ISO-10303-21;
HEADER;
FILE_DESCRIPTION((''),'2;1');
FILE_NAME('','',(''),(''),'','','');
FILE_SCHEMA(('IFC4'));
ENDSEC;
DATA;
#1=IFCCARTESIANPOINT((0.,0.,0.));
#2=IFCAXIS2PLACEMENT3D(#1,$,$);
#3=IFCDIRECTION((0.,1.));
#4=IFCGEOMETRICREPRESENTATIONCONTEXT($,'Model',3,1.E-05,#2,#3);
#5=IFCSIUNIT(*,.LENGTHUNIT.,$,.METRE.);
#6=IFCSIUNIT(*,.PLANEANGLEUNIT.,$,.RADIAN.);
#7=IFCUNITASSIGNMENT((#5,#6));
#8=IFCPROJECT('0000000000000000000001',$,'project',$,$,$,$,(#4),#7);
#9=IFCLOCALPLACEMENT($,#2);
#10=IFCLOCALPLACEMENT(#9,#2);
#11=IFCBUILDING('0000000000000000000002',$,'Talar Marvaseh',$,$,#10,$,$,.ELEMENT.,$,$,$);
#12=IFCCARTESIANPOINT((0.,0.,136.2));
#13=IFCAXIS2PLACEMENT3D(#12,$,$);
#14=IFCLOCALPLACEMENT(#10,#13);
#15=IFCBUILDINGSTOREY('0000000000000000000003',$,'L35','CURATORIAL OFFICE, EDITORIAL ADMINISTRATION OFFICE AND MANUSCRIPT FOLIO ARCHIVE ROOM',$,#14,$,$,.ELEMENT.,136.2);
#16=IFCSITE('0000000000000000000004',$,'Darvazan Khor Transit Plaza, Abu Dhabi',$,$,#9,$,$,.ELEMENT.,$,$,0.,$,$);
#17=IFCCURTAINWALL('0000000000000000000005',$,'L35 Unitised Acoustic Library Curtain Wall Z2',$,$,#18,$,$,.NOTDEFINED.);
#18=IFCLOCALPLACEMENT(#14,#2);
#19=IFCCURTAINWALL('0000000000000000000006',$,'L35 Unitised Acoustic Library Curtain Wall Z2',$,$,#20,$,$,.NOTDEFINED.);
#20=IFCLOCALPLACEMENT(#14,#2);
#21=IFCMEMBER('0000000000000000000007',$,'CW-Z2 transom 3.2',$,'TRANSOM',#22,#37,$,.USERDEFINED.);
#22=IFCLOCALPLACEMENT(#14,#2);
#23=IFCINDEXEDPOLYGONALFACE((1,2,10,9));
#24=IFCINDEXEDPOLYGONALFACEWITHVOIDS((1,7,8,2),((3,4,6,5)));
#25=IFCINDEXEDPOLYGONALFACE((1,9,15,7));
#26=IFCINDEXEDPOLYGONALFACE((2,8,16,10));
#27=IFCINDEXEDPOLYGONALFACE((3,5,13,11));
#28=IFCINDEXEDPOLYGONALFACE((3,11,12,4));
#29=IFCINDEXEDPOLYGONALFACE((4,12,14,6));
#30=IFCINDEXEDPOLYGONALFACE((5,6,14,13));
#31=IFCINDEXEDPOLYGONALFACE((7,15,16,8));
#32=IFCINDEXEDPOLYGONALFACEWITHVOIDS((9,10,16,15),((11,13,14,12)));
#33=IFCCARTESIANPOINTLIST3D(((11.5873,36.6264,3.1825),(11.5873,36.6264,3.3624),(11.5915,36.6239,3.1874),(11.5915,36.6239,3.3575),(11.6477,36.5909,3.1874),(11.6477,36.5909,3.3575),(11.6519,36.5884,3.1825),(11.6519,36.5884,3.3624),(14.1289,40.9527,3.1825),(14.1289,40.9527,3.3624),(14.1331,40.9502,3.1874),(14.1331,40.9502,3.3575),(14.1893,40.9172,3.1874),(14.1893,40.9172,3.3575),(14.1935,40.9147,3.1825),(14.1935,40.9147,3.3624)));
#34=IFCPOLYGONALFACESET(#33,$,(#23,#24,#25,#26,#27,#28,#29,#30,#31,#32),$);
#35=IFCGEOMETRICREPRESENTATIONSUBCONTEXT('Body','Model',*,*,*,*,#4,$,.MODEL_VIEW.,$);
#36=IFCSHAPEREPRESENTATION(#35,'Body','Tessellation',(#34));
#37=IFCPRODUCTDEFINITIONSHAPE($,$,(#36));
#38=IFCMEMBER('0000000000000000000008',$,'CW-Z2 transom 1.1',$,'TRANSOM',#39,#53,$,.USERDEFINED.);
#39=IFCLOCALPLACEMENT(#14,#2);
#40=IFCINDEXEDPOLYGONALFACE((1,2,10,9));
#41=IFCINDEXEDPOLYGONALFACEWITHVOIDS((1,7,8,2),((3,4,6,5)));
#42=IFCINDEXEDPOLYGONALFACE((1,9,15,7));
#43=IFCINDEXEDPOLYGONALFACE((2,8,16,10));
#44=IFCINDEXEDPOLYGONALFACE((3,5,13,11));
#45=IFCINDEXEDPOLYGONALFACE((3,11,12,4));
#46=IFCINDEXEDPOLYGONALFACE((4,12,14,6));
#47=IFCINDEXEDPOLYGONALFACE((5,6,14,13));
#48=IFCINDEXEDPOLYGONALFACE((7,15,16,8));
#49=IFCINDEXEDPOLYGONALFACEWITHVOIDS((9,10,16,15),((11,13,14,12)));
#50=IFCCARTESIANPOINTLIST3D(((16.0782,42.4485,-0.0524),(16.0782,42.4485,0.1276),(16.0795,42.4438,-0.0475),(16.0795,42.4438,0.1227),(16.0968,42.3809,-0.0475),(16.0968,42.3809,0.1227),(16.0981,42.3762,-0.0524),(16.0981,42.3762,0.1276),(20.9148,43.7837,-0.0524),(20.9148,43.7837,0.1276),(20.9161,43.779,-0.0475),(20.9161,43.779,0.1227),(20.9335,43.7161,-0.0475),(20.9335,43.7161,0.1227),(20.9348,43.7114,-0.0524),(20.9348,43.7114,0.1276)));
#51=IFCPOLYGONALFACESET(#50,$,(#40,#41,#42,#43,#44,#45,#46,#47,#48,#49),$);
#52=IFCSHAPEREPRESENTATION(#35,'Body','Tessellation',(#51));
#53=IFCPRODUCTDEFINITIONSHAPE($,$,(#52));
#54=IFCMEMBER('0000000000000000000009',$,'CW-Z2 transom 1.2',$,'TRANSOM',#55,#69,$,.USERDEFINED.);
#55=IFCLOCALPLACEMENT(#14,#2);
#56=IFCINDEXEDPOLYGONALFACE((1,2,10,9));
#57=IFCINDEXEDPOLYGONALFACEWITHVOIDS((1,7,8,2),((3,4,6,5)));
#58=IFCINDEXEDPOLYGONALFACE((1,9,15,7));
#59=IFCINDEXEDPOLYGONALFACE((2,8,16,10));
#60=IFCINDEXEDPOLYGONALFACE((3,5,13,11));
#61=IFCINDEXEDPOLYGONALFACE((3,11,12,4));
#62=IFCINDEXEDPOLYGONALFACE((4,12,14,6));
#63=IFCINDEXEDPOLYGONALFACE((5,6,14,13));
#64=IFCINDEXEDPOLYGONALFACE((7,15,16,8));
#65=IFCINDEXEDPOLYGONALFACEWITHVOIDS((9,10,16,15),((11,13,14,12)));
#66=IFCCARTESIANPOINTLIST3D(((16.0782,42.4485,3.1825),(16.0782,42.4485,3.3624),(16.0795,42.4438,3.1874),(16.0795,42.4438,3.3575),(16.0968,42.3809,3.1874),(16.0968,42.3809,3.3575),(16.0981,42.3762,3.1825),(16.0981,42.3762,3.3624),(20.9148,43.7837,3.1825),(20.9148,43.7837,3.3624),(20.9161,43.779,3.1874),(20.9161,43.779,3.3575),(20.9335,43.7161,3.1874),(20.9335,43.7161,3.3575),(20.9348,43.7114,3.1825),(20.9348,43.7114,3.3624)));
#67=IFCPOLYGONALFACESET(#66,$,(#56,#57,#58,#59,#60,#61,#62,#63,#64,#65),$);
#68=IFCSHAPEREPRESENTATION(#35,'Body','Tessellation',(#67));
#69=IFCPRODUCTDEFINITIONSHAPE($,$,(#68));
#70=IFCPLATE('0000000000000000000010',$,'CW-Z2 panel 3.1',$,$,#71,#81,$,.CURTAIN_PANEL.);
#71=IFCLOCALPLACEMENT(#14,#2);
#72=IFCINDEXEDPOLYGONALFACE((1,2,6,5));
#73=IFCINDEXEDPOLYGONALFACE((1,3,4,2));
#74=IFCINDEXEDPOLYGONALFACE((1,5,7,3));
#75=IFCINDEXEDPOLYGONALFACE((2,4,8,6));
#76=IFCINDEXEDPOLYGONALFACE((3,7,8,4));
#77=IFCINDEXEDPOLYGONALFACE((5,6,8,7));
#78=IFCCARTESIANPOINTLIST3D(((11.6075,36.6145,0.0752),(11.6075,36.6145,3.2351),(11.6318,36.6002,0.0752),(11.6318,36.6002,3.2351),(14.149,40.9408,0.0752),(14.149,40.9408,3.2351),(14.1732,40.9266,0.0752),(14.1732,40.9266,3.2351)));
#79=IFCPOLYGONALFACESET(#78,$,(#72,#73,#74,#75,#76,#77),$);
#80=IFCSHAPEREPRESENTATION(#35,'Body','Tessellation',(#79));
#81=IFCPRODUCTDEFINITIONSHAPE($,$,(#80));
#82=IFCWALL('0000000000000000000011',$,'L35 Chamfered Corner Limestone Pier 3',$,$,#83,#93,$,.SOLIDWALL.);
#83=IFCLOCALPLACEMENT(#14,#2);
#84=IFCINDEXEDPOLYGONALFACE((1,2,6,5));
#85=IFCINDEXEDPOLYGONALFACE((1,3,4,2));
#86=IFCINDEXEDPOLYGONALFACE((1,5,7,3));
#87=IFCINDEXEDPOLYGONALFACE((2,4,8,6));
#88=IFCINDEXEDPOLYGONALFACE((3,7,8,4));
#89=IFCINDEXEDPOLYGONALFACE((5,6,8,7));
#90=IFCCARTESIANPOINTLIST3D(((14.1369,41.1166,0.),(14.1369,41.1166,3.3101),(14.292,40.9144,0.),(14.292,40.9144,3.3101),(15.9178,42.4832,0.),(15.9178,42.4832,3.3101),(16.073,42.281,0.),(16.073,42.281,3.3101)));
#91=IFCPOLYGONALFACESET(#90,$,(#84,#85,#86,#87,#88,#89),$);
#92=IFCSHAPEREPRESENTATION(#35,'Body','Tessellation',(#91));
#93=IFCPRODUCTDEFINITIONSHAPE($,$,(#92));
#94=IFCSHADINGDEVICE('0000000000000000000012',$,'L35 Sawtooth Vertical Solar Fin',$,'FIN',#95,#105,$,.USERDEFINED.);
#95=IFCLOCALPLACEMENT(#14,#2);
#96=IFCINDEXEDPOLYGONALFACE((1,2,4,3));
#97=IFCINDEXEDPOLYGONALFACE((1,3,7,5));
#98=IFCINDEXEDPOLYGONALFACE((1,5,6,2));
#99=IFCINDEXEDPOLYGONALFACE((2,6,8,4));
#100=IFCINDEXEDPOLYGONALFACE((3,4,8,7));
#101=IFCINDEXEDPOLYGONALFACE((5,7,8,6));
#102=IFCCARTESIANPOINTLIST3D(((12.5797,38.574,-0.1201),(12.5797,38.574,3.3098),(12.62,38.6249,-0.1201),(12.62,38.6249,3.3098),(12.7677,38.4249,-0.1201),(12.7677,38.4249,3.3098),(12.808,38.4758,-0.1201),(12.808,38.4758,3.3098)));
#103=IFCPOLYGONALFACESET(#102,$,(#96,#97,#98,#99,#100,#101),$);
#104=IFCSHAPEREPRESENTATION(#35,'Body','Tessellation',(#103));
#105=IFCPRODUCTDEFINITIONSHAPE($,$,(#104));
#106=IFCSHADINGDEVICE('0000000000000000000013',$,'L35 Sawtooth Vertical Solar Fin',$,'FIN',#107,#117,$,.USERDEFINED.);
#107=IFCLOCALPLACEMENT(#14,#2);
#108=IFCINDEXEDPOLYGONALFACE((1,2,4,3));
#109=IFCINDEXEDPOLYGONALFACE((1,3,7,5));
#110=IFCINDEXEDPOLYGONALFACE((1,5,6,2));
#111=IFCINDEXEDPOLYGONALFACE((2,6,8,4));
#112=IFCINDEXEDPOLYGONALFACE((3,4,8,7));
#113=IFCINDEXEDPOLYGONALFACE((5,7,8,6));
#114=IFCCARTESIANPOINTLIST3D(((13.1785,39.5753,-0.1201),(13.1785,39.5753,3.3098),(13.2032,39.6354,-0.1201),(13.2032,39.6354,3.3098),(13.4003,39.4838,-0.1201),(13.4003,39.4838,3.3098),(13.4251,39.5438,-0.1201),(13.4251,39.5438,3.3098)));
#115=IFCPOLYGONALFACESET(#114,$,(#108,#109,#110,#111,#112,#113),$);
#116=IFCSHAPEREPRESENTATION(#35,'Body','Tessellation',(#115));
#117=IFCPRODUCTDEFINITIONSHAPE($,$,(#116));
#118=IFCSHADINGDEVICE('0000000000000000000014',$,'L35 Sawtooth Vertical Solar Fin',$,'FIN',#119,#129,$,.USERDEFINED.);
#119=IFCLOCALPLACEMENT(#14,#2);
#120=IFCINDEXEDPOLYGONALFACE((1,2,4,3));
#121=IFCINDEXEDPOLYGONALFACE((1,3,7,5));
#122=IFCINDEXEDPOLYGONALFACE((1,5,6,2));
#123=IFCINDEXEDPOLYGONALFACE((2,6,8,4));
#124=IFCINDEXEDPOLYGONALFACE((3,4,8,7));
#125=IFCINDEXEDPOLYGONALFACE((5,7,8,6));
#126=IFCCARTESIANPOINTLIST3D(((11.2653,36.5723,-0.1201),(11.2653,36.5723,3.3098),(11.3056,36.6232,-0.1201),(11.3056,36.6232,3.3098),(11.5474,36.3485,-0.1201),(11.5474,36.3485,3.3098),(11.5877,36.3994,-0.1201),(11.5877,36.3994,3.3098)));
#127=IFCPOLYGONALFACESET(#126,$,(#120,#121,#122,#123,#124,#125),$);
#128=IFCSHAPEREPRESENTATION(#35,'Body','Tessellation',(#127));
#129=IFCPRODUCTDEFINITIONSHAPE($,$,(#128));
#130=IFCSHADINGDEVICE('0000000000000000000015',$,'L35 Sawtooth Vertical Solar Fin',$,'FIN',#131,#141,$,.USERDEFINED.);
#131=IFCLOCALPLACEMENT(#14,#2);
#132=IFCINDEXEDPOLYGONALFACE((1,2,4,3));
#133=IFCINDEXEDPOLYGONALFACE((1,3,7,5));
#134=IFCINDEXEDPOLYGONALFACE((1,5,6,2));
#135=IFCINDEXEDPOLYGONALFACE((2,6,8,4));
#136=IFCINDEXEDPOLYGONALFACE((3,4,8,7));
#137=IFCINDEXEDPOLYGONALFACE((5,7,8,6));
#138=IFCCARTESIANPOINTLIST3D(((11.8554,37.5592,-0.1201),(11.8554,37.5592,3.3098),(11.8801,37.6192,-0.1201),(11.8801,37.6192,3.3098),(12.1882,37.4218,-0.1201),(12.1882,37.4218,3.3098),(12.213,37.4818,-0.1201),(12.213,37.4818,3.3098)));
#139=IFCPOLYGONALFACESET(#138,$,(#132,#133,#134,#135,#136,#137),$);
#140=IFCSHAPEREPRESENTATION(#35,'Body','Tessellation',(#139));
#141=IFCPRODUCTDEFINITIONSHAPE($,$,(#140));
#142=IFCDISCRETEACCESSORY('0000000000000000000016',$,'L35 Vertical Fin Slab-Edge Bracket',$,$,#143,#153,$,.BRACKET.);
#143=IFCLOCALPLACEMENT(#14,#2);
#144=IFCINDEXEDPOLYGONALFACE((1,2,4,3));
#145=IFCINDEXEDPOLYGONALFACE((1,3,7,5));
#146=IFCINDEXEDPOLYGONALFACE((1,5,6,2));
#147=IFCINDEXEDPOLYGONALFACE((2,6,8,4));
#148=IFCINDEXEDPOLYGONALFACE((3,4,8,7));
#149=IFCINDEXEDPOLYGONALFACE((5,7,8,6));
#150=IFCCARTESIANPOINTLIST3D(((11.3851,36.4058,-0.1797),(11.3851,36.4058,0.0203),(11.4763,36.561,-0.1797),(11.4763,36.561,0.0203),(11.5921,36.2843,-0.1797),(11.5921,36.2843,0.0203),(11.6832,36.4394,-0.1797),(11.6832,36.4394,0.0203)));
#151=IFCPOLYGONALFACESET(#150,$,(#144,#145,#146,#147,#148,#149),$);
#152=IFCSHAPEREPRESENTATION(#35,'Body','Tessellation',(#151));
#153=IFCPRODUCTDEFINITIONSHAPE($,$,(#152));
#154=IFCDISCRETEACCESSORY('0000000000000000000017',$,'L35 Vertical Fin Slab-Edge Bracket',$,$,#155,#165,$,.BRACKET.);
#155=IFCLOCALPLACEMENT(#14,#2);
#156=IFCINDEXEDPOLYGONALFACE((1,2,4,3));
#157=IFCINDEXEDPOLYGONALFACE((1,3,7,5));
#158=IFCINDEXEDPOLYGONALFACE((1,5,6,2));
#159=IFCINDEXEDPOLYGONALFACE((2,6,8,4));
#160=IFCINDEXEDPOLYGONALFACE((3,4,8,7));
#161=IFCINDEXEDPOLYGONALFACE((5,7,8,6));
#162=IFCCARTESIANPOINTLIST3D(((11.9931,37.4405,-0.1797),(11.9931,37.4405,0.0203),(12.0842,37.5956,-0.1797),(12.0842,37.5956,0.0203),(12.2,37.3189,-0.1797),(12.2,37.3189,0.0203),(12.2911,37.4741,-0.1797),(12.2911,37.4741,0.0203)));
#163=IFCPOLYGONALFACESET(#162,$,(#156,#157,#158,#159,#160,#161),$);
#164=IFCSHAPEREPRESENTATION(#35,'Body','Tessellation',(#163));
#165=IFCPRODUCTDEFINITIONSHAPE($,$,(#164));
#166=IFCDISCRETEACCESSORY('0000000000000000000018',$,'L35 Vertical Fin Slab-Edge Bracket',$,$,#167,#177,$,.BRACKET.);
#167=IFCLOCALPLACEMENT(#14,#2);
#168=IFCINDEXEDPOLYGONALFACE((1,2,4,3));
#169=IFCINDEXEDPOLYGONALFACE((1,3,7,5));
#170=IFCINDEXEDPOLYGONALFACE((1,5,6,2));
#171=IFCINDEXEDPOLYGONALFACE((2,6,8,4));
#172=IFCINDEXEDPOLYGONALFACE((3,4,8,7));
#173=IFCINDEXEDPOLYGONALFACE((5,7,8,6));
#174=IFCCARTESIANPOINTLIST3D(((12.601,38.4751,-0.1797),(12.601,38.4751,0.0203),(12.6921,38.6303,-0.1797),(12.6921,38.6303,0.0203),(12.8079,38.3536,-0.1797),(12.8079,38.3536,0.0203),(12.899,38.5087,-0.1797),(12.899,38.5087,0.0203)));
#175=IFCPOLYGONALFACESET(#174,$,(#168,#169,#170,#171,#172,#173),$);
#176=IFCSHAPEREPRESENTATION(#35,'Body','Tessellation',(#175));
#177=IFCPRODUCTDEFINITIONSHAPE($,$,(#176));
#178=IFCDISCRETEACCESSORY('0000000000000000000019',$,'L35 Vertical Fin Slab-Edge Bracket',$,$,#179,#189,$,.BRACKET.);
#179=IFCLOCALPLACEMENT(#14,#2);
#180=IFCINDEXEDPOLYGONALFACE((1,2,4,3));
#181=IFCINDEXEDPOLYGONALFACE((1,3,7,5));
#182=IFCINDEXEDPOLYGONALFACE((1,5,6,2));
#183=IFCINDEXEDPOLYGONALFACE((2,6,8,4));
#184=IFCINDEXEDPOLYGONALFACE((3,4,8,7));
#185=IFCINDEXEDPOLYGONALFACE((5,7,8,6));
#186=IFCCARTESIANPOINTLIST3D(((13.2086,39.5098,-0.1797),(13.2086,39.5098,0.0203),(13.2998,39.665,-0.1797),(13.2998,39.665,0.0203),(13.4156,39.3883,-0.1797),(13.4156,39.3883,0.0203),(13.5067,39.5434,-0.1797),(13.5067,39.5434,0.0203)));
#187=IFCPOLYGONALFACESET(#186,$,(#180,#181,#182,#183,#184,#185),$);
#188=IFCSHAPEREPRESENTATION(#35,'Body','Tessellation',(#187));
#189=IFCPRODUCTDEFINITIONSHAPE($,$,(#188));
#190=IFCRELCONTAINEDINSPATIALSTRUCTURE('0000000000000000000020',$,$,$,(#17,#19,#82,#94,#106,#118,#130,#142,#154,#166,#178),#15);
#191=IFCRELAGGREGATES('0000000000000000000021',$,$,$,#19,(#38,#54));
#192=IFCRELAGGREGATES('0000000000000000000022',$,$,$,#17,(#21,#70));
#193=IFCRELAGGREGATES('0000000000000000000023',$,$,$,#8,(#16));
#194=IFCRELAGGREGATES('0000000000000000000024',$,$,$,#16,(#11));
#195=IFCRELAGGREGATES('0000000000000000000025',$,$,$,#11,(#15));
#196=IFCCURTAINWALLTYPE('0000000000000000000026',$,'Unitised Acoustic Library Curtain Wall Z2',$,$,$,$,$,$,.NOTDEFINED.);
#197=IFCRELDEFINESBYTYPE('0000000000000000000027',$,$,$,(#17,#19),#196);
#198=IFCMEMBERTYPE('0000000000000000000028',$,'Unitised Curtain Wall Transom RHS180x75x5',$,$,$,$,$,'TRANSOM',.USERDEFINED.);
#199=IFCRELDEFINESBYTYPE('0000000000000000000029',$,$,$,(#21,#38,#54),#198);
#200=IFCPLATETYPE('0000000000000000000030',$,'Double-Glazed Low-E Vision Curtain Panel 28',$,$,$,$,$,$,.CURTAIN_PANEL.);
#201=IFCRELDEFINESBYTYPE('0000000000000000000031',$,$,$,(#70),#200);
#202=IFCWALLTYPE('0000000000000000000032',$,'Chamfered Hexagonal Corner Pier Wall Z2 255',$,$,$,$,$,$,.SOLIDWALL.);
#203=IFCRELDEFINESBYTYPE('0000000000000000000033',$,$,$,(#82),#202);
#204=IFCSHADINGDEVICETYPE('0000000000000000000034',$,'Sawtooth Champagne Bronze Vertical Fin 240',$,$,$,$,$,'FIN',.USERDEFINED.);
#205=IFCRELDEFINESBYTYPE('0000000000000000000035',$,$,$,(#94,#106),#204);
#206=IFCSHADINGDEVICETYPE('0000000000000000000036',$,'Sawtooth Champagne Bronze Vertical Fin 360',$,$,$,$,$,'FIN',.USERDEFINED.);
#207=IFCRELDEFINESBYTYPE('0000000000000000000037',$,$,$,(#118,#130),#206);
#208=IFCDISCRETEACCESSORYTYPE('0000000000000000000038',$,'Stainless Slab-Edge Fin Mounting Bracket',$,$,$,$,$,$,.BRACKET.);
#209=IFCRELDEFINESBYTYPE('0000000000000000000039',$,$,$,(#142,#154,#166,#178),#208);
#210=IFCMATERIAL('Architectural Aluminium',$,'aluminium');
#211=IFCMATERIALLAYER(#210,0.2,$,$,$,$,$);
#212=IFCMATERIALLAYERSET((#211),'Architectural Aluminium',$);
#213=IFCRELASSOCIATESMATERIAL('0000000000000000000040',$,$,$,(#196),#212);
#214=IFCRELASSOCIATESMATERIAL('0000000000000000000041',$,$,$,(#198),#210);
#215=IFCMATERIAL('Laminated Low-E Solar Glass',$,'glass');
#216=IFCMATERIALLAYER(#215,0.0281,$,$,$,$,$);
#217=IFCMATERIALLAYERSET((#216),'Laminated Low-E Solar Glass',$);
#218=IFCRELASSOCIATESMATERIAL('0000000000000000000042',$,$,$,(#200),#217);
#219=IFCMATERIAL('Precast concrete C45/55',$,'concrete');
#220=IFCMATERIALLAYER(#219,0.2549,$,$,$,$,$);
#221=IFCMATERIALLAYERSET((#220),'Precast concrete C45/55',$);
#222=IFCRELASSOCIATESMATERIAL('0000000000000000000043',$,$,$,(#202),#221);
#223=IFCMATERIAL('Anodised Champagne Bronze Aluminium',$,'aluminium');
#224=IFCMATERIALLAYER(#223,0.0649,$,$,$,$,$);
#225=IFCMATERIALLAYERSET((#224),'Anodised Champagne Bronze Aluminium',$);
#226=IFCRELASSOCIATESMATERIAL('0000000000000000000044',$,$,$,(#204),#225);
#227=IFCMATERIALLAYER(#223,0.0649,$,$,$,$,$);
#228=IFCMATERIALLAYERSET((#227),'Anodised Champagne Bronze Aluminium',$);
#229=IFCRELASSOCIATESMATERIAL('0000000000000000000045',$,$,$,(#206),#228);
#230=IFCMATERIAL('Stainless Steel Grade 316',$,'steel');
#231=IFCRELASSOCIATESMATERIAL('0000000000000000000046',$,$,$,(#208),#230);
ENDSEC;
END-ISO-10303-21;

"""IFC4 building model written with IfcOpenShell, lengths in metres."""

from ifc_helpers import new_model, si_unit, direction, frame, frame_2d, origin, origin_2d, place, context, subcontext, project, spatial, rectangle, hollow_rectangle, extrude, source, transform, mapped, material, layer, layer_set, material_profile, profile_set, type_object, type_shapes, element, aggregate, save


model = new_model("IFC4")

# Units and contexts
model_context = context("Model", 3, precision=1e-05, world=origin(), true_north=direction((0.0, 1.0)))
body_context = subcontext(model_context, "Body", "Model", "MODEL_VIEW")
ifc_project = project(units=[si_unit("LENGTHUNIT", "METRE"), si_unit("PLANEANGLEUNIT", "RADIAN")], contexts=[model_context])

# Site, building, storey
site_placement = place(None, origin())
site = spatial("IfcSite", under=ifc_project, at=site_placement, Name="Darvazan Khor Transit Plaza, Abu Dhabi", CompositionType="ELEMENT", RefElevation=0.0)
building_placement = place(site_placement, origin())
building = spatial("IfcBuilding", under=site, at=building_placement, Name="Talar Marvaseh", CompositionType="ELEMENT")
storey_placement = place(building_placement, frame((0.0, 0.0, 136.2)))
storey = spatial("IfcBuildingStorey", under=building, at=storey_placement, Name="L35", Description="CURATORIAL OFFICE, EDITORIAL ADMINISTRATION OFFICE AND MANUSCRIPT FOLIO ARCHIVE ROOM", CompositionType="ELEMENT", Elevation=136.2)

# Curtain wall
ifc_material_1 = material(Name="Architectural Aluminium", Category="aluminium")
ifc_layer_1 = layer(ifc_material_1, 0.2)
ifc_layer_set_1 = layer_set([ifc_layer_1], Name="Architectural Aluminium")
curtain_wall_type = type_object("IfcCurtainWallType", Name="Unitised Acoustic Library Curtain Wall Z2", PredefinedType="NOTDEFINED", material=ifc_layer_set_1)
curtain_wall_1_placement = place(storey_placement, origin())
curtain_wall_1 = element("IfcCurtainWall", 1, at=curtain_wall_1_placement, inside=storey, type_object=curtain_wall_type, Name="L35 Unitised Acoustic Library Curtain Wall Z2", PredefinedType="NOTDEFINED")

# Curtain wall
curtain_wall_2_placement = place(storey_placement, origin())
curtain_wall_2 = element("IfcCurtainWall", 2, at=curtain_wall_2_placement, inside=storey, type_object=curtain_wall_type, Name="L35 Unitised Acoustic Library Curtain Wall Z2", PredefinedType="NOTDEFINED")

# Members
ifc_material_profile_1 = material_profile(ifc_material_1, hollow_rectangle(XDim=0.075, YDim=0.1799, WallThickness=0.0049, at=origin_2d()), Name="RHS180x75x5")
ifc_profile_set_1 = profile_set([ifc_material_profile_1], Name="Architectural Aluminium")
member_type_1 = type_object("IfcMemberType", Name="Unitised Curtain Wall Transom RHS180x75x5", ElementType="TRANSOM", PredefinedType="USERDEFINED", material=ifc_profile_set_1)
shared_shape_1 = source(origin(), body_context, "Body", "SweptSolid", [
    extrude(hollow_rectangle(XDim=0.075, YDim=0.1799, WallThickness=0.0049, at=origin_2d()), origin(), (0.0, 0.0, 1.0), 5.0176),
])
type_shapes(member_type_1, [shared_shape_1])
member_1_placement = place(storey_placement, frame((11.6196, 36.6074, 3.2725), z_axis=(0.506531, 0.862222, 0.0), x_axis=(-0.862222, 0.506531, 0.0)))
member_1 = element("IfcMember", 3, at=member_1_placement, type_object=member_type_1, Name="CW-Z2 transom 3.2", ObjectType="TRANSOM", PredefinedType="USERDEFINED", context=body_context, shape_type="MappedRepresentation", body=[
    mapped(shared_shape_1, transform((0.0, 0.0, 0.0), x_axis=(1.0, 0.0, 0.0), y_axis=(0.0, 1.0, 0.0), z_axis=(0.0, 0.0, 1.0), scale=1.0)),
])
member_2_placement = place(storey_placement, frame((16.0881, 42.4124, 0.0376), z_axis=(0.963944, 0.266105, 0.0), x_axis=(-0.266105, 0.963944, 0.0)))
member_2 = element("IfcMember", 4, at=member_2_placement, type_object=member_type_1, Name="CW-Z2 transom 1.1", ObjectType="TRANSOM", PredefinedType="USERDEFINED", context=body_context, shape_type="MappedRepresentation", body=[
    mapped(shared_shape_1, transform((0.0, 0.0, 0.0), x_axis=(1.0, 0.0, 0.0), y_axis=(0.0, 1.0, 0.0), z_axis=(0.0, 0.0, 1.0), scale=1.0)),
])
member_3_placement = place(storey_placement, frame((16.0881, 42.4124, 3.2725), z_axis=(0.963944, 0.266105, 0.0), x_axis=(-0.266105, 0.963944, 0.0)))
member_3 = element("IfcMember", 5, at=member_3_placement, type_object=member_type_1, Name="CW-Z2 transom 1.2", ObjectType="TRANSOM", PredefinedType="USERDEFINED", context=body_context, shape_type="MappedRepresentation", body=[
    mapped(shared_shape_1, transform((0.0, 0.0, 0.0), x_axis=(1.0, 0.0, 0.0), y_axis=(0.0, 1.0, 0.0), z_axis=(0.0, 0.0, 1.0), scale=1.0)),
])
aggregate(curtain_wall_2, [member_2, member_3])

# Plate
ifc_material_2 = material(Name="Laminated Low-E Solar Glass", Category="glass")
ifc_layer_2 = layer(ifc_material_2, 0.0281)
ifc_layer_set_2 = layer_set([ifc_layer_2], Name="Laminated Low-E Solar Glass")
plate_type = type_object("IfcPlateType", Name="Double-Glazed Low-E Vision Curtain Panel 28", PredefinedType="CURTAIN_PANEL", material=ifc_layer_set_2)
shared_shape_2 = source(origin(), body_context, "Body", "SweptSolid", [
    extrude(rectangle(XDim=5.0176, YDim=0.0281, at=origin_2d()), origin(), (0.0, 0.0, 1.0), 3.1599),
])
type_shapes(plate_type, [shared_shape_2])
plate_placement = place(storey_placement, frame((12.8904, 38.7705, 0.0752), z_axis=(0.0, 0.0, 1.0), x_axis=(0.506512, 0.862233, 0.0)))
plate = element("IfcPlate", 6, at=plate_placement, type_object=plate_type, Name="CW-Z2 panel 3.1", PredefinedType="CURTAIN_PANEL", context=body_context, shape_type="MappedRepresentation", body=[
    mapped(shared_shape_2, transform((0.0, 0.0, 0.0), x_axis=(1.0, 0.0, 0.0), y_axis=(0.0, 1.0, 0.0), z_axis=(0.0, 0.0, 1.0), scale=1.0)),
])
aggregate(curtain_wall_1, [member_1, plate])

# Wall
ifc_material_3 = material(Name="Precast concrete C45/55", Category="concrete")
ifc_layer_3 = layer(ifc_material_3, 0.2549)
ifc_layer_set_3 = layer_set([ifc_layer_3], Name="Precast concrete C45/55")
wall_type = type_object("IfcWallType", Name="Chamfered Hexagonal Corner Pier Wall Z2 255", PredefinedType="SOLIDWALL", material=ifc_layer_set_3)
wall_placement = place(storey_placement, frame((14.2144, 41.0154, 0.0), z_axis=(0.0, 0.0, 1.0), x_axis=(0.793335, 0.608785, 0.0)))
element("IfcWall", 7, at=wall_placement, inside=storey, type_object=wall_type, Name="L35 Chamfered Corner Limestone Pier 3", PredefinedType="SOLIDWALL", context=body_context, shape_type="SweptSolid", body=[
    extrude(rectangle(XDim=2.2449, YDim=0.2549, at=frame_2d((1.1226, 0.0))), origin(), (0.0, 0.0, 1.0), 3.3101),
])

# Shading devices
ifc_material_4 = material(Name="Anodised Champagne Bronze Aluminium", Category="aluminium")
ifc_layer_4 = layer(ifc_material_4, 0.0649)
ifc_layer_set_4 = layer_set([ifc_layer_4], Name="Anodised Champagne Bronze Aluminium")
shading_device_type_1 = type_object("IfcShadingDeviceType", Name="Sawtooth Champagne Bronze Vertical Fin 240", ElementType="FIN", PredefinedType="USERDEFINED", material=ifc_layer_set_4)
shared_shape_3 = source(origin(), body_context, "Body", "SweptSolid", [
    extrude(rectangle(XDim=0.24, YDim=0.0649, at=origin_2d()), origin(), (0.0, 0.0, 1.0), 3.4299),
])
type_shapes(shading_device_type_1, [shared_shape_3])
for number, where, z_axis, x_axis, name in (
    (8, (12.6938, 38.5249, -0.1201), (0.0, 0.0, 1.0), (-0.783368, 0.621558, 0.0), "L35 Sawtooth Vertical Solar Fin"),
    (9, (13.3018, 39.5596, -0.1201), (0.0, 0.0, 1.0), (-0.924346, 0.381554, 0.0), "L35 Sawtooth Vertical Solar Fin"),
):
    element("IfcShadingDevice", number, at=place(storey_placement, frame(where, z_axis=z_axis, x_axis=x_axis)), inside=storey, type_object=shading_device_type_1, Name=name, ObjectType="FIN", PredefinedType="USERDEFINED", context=body_context, shape_type="MappedRepresentation", body=[
        mapped(shared_shape_3, transform((0.0, 0.0, 0.0), x_axis=(1.0, 0.0, 0.0), y_axis=(0.0, 1.0, 0.0), z_axis=(0.0, 0.0, 1.0), scale=1.0)),
    ])
ifc_layer_5 = layer(ifc_material_4, 0.0649)
ifc_layer_set_5 = layer_set([ifc_layer_5], Name="Anodised Champagne Bronze Aluminium")
shading_device_type_2 = type_object("IfcShadingDeviceType", Name="Sawtooth Champagne Bronze Vertical Fin 360", ElementType="FIN", PredefinedType="USERDEFINED", material=ifc_layer_set_5)
shared_shape_4 = source(origin(), body_context, "Body", "SweptSolid", [
    extrude(rectangle(XDim=0.3601, YDim=0.0649, at=origin_2d()), origin(), (0.0, 0.0, 1.0), 3.4299),
])
type_shapes(shading_device_type_2, [shared_shape_4])
for number, where, z_axis, x_axis, name in (
    (10, (11.4265, 36.4858, -0.1201), (0.0, 0.0, 1.0), (-0.783368, 0.621558, 0.0), "L35 Sawtooth Vertical Solar Fin"),
    (11, (12.0342, 37.5205, -0.1201), (0.0, 0.0, 1.0), (-0.924346, 0.381554, 0.0), "L35 Sawtooth Vertical Solar Fin"),
):
    element("IfcShadingDevice", number, at=place(storey_placement, frame(where, z_axis=z_axis, x_axis=x_axis)), inside=storey, type_object=shading_device_type_2, Name=name, ObjectType="FIN", PredefinedType="USERDEFINED", context=body_context, shape_type="MappedRepresentation", body=[
        mapped(shared_shape_4, transform((0.0, 0.0, 0.0), x_axis=(1.0, 0.0, 0.0), y_axis=(0.0, 1.0, 0.0), z_axis=(0.0, 0.0, 1.0), scale=1.0)),
    ])

# Discrete accessories
ifc_material_5 = material(Name="Stainless Steel Grade 316", Category="steel")
discrete_accessory_type = type_object("IfcDiscreteAccessoryType", Name="Stainless Slab-Edge Fin Mounting Bracket", PredefinedType="BRACKET", material=ifc_material_5)
shared_shape_5 = source(origin(), body_context, "Body", "SweptSolid", [
    extrude(rectangle(XDim=0.24, YDim=0.1799, at=origin_2d()), origin(), (0.0, 0.0, 1.0), 0.2),
])
type_shapes(discrete_accessory_type, [shared_shape_5])
for number, where, z_axis, x_axis, name in (
    (12, (11.5342, 36.4226, -0.1797), (0.0, 0.0, 1.0), (-0.862249, 0.506485, 0.0), "L35 Vertical Fin Slab-Edge Bracket"),
    (13, (12.1421, 37.4573, -0.1797), (0.0, 0.0, 1.0), (-0.862249, 0.506485, 0.0), "L35 Vertical Fin Slab-Edge Bracket"),
    (14, (12.75, 38.4919, -0.1797), (0.0, 0.0, 1.0), (-0.862249, 0.506485, 0.0), "L35 Vertical Fin Slab-Edge Bracket"),
    (15, (13.3577, 39.5266, -0.1797), (0.0, 0.0, 1.0), (-0.862249, 0.506485, 0.0), "L35 Vertical Fin Slab-Edge Bracket"),
):
    element("IfcDiscreteAccessory", number, at=place(storey_placement, frame(where, z_axis=z_axis, x_axis=x_axis)), inside=storey, type_object=discrete_accessory_type, Name=name, PredefinedType="BRACKET", context=body_context, shape_type="MappedRepresentation", body=[
        mapped(shared_shape_5, transform((0.0, 0.0, 0.0), x_axis=(1.0, 0.0, 0.0), y_axis=(0.0, 1.0, 0.0), z_axis=(0.0, 0.0, 1.0), scale=1.0)),
    ])

save(model, "model.ifc")
